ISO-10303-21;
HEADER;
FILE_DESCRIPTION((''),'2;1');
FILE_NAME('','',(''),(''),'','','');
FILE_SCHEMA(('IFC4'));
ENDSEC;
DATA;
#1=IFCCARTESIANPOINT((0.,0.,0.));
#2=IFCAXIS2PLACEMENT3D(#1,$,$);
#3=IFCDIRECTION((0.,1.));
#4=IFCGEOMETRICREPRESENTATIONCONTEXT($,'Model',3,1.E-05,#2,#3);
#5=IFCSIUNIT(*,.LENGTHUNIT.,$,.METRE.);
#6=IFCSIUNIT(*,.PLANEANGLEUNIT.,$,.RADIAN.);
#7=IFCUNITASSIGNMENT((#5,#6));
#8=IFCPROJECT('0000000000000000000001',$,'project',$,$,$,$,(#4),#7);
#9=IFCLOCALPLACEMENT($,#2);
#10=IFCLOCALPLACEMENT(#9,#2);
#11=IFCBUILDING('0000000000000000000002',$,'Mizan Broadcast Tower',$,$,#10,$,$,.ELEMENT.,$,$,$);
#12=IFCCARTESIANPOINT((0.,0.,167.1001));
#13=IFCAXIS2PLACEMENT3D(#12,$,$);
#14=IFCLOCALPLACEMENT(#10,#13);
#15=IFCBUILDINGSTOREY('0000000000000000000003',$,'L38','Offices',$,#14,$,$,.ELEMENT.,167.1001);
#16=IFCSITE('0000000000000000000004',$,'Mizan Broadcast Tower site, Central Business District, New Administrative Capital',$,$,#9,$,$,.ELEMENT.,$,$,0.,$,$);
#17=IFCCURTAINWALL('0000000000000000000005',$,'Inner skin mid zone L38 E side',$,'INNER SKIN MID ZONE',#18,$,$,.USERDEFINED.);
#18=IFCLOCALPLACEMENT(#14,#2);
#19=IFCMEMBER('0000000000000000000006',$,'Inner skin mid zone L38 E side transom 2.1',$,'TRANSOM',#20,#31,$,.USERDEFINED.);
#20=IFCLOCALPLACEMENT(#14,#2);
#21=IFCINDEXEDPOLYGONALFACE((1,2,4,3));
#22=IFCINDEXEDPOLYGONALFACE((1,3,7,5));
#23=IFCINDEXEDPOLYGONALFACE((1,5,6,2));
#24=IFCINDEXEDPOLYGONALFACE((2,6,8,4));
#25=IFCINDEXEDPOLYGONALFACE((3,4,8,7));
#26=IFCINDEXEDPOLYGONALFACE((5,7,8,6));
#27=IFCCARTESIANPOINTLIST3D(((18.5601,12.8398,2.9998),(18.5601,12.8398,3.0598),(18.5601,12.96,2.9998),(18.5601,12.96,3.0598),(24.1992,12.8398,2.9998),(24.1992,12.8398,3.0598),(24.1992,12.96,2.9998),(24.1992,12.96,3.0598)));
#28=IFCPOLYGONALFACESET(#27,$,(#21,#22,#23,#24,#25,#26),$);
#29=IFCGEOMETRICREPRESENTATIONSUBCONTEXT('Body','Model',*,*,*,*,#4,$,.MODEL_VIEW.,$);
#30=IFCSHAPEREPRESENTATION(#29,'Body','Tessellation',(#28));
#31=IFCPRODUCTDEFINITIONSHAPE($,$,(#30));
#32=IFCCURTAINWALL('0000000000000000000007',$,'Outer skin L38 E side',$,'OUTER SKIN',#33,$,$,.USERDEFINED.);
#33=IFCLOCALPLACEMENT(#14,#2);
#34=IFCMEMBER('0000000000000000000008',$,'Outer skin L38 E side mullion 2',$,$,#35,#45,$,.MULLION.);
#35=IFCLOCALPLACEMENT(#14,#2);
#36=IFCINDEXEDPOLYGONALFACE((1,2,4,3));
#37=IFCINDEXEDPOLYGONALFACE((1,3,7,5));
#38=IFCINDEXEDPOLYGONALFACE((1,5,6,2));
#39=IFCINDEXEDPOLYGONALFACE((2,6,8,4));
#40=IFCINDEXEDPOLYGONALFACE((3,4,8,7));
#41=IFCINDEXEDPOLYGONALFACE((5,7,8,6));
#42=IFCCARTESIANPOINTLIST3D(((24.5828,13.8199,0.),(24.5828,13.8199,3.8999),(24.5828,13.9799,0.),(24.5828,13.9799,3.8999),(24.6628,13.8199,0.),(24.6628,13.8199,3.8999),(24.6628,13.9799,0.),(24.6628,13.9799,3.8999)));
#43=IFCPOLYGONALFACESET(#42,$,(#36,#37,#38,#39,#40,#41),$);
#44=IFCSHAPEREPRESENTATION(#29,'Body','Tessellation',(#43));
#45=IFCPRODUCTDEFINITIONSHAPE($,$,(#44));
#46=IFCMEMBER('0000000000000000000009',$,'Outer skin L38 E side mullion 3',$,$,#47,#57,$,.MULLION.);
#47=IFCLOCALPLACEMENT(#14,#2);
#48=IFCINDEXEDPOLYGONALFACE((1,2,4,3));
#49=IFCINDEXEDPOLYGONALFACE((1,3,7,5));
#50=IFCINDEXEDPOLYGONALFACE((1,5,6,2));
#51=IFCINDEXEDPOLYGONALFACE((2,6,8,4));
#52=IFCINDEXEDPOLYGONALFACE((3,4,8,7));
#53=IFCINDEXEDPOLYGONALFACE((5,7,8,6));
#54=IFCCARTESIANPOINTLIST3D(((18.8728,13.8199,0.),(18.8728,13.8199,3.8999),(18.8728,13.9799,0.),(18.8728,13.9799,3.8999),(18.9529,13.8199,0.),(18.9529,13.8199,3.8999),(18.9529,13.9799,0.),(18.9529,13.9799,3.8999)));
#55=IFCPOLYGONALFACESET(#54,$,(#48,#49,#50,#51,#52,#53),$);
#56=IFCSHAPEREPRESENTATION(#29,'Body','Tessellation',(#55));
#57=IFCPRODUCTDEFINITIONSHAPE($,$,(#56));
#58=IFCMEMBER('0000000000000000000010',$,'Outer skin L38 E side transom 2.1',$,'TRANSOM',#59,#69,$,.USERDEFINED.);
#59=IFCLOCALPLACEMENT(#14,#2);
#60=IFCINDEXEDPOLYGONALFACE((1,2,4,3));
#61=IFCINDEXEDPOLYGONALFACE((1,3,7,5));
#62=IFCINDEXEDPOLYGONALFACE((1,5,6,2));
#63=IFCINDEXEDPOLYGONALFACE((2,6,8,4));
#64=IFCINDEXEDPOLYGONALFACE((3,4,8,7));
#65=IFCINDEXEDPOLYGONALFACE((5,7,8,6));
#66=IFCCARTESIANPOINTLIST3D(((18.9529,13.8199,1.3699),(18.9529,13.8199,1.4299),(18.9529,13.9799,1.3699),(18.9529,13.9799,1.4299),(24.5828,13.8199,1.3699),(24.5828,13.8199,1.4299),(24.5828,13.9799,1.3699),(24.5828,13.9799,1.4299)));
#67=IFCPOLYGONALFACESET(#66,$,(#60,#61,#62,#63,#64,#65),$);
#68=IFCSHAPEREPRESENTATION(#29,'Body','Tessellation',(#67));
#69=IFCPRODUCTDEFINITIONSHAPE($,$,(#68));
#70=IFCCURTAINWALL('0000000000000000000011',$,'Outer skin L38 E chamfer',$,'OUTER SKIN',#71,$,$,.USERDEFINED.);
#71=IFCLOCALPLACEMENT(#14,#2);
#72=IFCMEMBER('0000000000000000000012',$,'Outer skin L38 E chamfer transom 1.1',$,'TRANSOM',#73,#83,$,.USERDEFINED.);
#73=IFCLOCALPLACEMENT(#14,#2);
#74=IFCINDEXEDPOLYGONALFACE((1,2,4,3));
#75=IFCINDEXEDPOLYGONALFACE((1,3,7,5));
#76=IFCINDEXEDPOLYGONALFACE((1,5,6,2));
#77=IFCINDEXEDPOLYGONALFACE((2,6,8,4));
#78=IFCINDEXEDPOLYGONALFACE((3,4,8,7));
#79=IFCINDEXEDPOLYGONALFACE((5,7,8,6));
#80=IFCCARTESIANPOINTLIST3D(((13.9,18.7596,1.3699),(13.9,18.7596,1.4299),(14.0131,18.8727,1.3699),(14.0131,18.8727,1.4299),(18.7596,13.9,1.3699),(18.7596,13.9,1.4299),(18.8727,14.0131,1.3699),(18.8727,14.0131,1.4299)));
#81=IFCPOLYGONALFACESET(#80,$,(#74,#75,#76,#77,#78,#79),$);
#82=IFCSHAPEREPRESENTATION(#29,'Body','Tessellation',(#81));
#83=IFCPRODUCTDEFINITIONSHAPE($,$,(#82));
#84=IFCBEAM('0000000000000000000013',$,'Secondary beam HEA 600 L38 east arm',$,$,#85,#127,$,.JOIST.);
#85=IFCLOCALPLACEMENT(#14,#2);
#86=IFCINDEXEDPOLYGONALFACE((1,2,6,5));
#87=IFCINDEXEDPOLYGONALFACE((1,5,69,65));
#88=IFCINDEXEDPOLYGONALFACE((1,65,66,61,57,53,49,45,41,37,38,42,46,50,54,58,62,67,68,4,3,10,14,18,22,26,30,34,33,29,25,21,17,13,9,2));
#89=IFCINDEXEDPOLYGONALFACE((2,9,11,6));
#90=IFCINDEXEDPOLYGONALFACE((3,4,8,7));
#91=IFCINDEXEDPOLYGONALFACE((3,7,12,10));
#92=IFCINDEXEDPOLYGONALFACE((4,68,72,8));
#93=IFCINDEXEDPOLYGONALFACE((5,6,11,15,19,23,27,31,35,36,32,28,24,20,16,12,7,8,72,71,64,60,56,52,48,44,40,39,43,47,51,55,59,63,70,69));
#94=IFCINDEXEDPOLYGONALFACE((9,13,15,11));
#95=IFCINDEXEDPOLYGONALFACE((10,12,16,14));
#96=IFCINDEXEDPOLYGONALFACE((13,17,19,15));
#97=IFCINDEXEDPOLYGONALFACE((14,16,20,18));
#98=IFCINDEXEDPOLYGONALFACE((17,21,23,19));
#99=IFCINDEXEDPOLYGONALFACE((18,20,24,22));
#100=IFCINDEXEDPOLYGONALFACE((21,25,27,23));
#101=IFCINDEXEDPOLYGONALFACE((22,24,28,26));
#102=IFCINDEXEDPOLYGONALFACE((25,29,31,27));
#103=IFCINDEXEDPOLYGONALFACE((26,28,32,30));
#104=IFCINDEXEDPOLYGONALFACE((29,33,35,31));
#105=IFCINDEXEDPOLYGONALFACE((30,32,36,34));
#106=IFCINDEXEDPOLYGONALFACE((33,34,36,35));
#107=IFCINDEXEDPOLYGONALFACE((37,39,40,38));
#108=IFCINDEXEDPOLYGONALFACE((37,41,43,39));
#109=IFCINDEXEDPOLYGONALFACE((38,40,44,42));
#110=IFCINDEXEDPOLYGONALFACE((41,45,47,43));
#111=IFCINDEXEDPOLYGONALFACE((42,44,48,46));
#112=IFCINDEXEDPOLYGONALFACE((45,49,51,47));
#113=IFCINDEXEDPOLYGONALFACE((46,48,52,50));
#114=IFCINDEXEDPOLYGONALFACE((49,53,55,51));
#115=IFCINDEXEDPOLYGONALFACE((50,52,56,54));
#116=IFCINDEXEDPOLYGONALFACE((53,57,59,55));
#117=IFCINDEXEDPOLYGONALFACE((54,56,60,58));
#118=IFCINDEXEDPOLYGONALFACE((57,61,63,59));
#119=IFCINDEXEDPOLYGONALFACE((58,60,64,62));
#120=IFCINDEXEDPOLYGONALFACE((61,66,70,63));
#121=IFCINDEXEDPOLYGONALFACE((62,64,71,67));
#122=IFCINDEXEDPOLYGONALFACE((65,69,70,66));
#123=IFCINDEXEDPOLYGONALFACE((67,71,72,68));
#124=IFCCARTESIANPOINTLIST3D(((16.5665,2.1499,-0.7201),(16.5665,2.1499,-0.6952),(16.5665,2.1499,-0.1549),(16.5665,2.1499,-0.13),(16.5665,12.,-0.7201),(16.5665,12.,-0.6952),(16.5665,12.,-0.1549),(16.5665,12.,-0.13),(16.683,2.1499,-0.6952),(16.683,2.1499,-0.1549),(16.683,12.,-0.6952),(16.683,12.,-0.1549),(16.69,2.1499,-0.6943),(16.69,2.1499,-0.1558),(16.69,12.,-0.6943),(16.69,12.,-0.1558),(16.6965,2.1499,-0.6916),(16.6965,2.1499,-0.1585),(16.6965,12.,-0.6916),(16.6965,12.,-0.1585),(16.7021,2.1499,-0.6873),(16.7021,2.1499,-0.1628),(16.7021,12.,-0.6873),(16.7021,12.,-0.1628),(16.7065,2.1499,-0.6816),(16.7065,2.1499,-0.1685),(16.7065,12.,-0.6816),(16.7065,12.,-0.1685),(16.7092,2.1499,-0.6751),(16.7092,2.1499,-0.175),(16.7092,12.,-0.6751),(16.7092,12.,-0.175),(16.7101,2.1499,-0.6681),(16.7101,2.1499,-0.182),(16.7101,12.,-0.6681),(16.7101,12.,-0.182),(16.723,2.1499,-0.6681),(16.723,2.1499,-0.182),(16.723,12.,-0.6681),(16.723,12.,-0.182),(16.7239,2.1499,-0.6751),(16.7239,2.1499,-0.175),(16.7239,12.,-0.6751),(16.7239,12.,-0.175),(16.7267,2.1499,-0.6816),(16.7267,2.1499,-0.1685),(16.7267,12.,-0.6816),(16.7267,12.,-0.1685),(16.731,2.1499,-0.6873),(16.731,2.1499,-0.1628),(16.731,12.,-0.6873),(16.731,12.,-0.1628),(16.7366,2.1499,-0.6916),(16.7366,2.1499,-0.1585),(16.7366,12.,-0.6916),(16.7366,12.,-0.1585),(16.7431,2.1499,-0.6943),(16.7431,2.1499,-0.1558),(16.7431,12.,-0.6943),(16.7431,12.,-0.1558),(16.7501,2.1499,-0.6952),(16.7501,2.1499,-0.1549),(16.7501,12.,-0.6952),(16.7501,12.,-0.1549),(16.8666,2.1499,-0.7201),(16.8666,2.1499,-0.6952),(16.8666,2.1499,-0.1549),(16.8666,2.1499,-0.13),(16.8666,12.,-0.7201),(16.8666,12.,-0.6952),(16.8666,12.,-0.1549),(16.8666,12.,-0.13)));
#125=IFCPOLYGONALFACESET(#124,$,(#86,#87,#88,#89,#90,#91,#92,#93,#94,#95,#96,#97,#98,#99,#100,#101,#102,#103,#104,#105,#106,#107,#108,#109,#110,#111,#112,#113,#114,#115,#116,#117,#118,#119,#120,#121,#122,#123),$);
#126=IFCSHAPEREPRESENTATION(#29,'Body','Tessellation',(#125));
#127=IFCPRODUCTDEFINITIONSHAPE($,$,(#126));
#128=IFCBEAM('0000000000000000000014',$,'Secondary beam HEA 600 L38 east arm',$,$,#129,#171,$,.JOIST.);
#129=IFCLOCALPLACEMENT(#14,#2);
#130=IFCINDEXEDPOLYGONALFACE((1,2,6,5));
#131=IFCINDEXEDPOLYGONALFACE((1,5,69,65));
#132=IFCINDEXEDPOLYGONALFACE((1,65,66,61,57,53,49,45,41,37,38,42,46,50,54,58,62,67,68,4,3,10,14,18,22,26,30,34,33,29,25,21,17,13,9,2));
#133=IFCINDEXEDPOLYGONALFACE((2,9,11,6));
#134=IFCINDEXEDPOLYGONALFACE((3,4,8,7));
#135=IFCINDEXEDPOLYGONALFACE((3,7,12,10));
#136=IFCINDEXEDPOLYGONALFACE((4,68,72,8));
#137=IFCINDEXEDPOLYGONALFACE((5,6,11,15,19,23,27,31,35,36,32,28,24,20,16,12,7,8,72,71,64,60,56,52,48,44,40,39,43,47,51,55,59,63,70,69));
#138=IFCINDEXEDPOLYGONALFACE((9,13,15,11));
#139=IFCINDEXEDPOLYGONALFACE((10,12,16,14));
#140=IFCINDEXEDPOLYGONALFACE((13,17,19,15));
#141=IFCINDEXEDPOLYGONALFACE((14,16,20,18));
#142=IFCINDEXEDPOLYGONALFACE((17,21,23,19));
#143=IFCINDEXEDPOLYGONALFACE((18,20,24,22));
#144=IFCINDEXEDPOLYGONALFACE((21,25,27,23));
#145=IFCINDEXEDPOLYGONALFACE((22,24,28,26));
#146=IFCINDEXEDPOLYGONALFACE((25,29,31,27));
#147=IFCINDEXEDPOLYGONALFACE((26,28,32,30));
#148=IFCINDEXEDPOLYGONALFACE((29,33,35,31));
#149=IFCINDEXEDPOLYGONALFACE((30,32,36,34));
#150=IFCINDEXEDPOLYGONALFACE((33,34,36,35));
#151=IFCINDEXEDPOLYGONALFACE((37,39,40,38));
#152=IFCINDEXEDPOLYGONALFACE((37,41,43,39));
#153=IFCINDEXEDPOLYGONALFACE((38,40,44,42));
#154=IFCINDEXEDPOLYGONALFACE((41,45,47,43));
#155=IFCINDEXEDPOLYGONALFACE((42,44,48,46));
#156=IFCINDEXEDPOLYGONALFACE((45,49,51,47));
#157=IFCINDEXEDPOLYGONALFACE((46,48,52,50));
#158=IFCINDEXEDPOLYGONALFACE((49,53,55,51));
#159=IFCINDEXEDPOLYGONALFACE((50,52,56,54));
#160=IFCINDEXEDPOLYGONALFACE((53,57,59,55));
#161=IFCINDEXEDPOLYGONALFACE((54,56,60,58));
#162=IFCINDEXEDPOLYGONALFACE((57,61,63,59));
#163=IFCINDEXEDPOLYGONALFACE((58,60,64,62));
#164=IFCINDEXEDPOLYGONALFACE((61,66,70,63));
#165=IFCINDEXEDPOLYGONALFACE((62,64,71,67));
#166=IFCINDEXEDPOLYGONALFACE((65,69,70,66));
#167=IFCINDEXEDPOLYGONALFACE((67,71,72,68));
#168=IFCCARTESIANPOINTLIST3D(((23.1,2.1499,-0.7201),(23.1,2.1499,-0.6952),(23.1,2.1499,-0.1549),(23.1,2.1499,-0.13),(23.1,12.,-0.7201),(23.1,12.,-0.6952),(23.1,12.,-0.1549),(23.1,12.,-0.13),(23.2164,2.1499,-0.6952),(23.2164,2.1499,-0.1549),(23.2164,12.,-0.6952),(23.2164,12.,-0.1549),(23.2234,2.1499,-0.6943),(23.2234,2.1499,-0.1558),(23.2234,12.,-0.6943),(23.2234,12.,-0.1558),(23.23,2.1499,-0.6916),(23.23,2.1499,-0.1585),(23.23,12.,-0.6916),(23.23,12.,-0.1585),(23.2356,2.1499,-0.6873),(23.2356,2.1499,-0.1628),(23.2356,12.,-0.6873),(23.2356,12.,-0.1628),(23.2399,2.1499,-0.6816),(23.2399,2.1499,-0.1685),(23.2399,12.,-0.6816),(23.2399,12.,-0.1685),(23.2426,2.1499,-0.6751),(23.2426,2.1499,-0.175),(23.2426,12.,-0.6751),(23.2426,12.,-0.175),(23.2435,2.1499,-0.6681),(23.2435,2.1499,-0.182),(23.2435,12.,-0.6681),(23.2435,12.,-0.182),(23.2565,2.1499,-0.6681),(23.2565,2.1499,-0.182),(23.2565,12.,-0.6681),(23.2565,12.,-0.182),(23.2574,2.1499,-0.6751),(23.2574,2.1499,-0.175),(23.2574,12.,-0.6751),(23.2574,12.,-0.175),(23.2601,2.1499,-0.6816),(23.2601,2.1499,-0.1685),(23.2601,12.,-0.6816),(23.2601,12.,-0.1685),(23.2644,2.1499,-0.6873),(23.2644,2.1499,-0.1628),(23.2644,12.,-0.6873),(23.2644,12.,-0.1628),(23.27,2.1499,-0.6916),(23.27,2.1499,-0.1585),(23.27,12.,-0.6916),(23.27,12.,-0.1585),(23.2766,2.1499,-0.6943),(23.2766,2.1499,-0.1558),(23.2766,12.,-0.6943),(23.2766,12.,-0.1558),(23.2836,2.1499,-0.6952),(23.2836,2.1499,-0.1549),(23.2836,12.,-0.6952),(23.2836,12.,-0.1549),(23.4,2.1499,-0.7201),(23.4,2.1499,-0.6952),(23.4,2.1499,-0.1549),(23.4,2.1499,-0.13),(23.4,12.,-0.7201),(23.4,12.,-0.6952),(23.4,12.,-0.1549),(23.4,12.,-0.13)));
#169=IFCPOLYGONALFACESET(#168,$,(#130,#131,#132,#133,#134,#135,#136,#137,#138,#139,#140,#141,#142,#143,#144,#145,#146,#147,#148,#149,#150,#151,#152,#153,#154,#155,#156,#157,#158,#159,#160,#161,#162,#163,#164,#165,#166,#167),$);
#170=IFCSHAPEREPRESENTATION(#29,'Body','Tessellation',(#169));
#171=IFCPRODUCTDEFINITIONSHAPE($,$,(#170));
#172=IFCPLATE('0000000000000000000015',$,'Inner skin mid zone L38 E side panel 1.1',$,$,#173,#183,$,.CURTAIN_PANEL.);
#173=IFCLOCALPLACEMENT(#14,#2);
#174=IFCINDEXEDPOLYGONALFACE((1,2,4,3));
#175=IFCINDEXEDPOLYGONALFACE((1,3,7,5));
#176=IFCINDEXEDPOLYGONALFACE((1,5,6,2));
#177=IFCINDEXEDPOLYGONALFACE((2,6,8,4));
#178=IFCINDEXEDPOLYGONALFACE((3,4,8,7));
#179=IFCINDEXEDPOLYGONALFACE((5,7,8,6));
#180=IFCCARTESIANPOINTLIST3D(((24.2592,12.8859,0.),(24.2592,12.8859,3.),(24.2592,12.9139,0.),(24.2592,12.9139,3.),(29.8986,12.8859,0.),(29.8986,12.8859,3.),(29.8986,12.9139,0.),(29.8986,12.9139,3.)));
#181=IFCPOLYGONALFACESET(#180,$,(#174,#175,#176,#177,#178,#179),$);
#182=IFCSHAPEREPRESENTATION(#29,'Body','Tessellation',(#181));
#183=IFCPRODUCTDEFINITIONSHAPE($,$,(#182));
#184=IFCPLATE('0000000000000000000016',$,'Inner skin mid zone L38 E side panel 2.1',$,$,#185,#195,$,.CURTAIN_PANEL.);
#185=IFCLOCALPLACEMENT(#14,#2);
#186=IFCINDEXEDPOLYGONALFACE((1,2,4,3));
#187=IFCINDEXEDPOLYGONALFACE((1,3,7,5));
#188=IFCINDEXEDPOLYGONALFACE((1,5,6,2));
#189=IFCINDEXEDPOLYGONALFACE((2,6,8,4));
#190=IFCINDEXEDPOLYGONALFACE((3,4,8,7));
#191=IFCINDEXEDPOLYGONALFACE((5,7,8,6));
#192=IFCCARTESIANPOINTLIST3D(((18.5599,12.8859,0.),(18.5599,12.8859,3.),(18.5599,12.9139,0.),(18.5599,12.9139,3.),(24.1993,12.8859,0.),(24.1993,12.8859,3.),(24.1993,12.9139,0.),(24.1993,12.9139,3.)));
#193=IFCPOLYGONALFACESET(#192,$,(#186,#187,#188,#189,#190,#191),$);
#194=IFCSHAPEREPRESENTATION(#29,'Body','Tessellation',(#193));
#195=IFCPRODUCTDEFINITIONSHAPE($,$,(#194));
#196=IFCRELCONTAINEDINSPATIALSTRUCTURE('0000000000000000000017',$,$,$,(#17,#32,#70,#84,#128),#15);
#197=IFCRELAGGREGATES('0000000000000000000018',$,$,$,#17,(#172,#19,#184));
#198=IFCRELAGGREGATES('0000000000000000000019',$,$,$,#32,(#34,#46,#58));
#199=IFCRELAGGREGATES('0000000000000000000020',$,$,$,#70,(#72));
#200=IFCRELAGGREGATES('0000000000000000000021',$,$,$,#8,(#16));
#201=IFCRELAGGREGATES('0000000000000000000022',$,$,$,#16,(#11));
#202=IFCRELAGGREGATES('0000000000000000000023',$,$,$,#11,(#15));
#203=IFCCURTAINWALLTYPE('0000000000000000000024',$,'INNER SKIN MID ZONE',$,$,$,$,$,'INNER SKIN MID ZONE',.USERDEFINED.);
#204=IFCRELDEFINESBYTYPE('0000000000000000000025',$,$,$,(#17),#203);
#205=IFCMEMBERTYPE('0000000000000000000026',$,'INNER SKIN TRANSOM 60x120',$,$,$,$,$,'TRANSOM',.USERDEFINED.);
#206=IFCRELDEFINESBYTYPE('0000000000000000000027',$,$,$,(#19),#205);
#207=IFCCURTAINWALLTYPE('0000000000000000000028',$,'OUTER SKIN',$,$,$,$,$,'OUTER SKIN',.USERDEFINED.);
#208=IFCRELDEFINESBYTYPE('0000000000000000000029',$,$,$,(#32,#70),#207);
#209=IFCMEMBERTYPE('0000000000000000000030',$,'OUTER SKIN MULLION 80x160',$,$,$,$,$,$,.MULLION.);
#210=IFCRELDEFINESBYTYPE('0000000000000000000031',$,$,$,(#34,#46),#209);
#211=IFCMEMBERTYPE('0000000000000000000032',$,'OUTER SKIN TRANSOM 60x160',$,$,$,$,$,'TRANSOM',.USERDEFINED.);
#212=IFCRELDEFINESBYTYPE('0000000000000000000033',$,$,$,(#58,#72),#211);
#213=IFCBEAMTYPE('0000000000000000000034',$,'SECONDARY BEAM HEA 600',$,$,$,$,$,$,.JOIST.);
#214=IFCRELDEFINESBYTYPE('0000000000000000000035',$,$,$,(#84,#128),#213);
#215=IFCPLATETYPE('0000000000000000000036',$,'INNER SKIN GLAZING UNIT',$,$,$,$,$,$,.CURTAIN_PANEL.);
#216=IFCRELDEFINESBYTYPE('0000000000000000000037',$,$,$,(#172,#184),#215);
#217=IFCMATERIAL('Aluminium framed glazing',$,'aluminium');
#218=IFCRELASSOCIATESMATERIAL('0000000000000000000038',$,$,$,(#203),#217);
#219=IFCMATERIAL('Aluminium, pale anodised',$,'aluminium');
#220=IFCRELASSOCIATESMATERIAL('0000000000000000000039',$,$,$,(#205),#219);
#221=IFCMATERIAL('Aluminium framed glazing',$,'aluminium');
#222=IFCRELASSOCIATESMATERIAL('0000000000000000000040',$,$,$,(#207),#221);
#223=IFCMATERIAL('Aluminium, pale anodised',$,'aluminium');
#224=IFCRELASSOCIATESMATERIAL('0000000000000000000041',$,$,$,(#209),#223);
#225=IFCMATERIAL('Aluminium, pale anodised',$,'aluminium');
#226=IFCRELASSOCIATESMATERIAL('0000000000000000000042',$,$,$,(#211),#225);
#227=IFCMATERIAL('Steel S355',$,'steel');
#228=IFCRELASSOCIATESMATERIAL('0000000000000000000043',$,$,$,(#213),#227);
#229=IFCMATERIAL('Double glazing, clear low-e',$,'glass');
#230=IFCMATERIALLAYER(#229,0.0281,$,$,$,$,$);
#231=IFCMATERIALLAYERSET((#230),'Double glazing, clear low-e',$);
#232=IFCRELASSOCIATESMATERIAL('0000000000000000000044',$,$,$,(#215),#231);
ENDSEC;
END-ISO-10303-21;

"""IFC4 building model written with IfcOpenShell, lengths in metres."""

from ifc_helpers import new_model, si_unit, direction, frame, origin, origin_2d, place, context, subcontext, project, spatial, rectangle, i_section, extrude, material, layer, layer_set, material_profile, profile_set, type_object, element, aggregate, save


model = new_model("IFC4")

# Units and contexts
model_context = context("Model", 3, precision=1e-05, world=origin(), true_north=direction((0.0, 1.0)))
body_context = subcontext(model_context, "Body", "Model", "MODEL_VIEW")
ifc_project = project(units=[si_unit("LENGTHUNIT", "METRE"), si_unit("PLANEANGLEUNIT", "RADIAN")], contexts=[model_context])

# Site, building, storey
site_placement = place(None, origin())
site = spatial("IfcSite", under=ifc_project, at=site_placement, Name="Mizan Broadcast Tower site, Central Business District, New Administrative Capital", CompositionType="ELEMENT", RefElevation=0.0)
building_placement = place(site_placement, origin())
building = spatial("IfcBuilding", under=site, at=building_placement, Name="Mizan Broadcast Tower", CompositionType="ELEMENT")
storey_placement = place(building_placement, frame((0.0, 0.0, 167.1001)))
storey = spatial("IfcBuildingStorey", under=building, at=storey_placement, Name="L38", Description="Offices", CompositionType="ELEMENT", Elevation=167.1001)

# Curtain walls, members
ifc_material_1 = material(Name="Aluminium framed glazing", Category="aluminium")
curtain_wall_type_1 = type_object("IfcCurtainWallType", Name="INNER SKIN MID ZONE", ElementType="INNER SKIN MID ZONE", PredefinedType="USERDEFINED", material=ifc_material_1)
curtain_wall_1_placement = place(storey_placement, origin())
curtain_wall_1 = element("IfcCurtainWall", 1, at=curtain_wall_1_placement, inside=storey, type_object=curtain_wall_type_1, Name="Inner skin mid zone L38 E side", ObjectType="INNER SKIN MID ZONE", PredefinedType="USERDEFINED")
ifc_material_2 = material(Name="Aluminium, pale anodised", Category="aluminium")
ifc_material_profile_1 = material_profile(ifc_material_2, rectangle(XDim=0.1201, YDim=0.0601, at=origin_2d()), Name="TRANSOM 120x60")
ifc_profile_set_1 = profile_set([ifc_material_profile_1], Name="Aluminium, pale anodised")
member_type_1 = type_object("IfcMemberType", Name="INNER SKIN TRANSOM 60x120", ElementType="TRANSOM", PredefinedType="USERDEFINED", material=ifc_profile_set_1)
member_1_placement = place(storey_placement, frame((24.1992, 12.8999, 3.0298), z_axis=(-1.0, 0.0, 0.0), x_axis=(0.0, -1.0, 0.0)))
member_1 = element("IfcMember", 2, at=member_1_placement, type_object=member_type_1, Name="Inner skin mid zone L38 E side transom 2.1", ObjectType="TRANSOM", PredefinedType="USERDEFINED", context=body_context, shape_type="SweptSolid", body=[
    extrude(rectangle(XDim=0.1201, YDim=0.0601, at=origin_2d()), origin(), (0.0, 0.0, 1.0), 5.6392),
])
ifc_material_3 = material(Name="Aluminium framed glazing", Category="aluminium")
curtain_wall_type_2 = type_object("IfcCurtainWallType", Name="OUTER SKIN", ElementType="OUTER SKIN", PredefinedType="USERDEFINED", material=ifc_material_3)
curtain_wall_2_placement = place(storey_placement, origin())
curtain_wall_2 = element("IfcCurtainWall", 3, at=curtain_wall_2_placement, inside=storey, type_object=curtain_wall_type_2, Name="Outer skin L38 E side", ObjectType="OUTER SKIN", PredefinedType="USERDEFINED")
ifc_material_4 = material(Name="Aluminium, pale anodised", Category="aluminium")
ifc_material_profile_2 = material_profile(ifc_material_4, rectangle(XDim=0.1599, YDim=0.0801, at=origin_2d()), Name="MULLION 160x80")
ifc_profile_set_2 = profile_set([ifc_material_profile_2], Name="Aluminium, pale anodised")
member_type_2 = type_object("IfcMemberType", Name="OUTER SKIN MULLION 80x160", PredefinedType="MULLION", material=ifc_profile_set_2)
member_2_placement = place(storey_placement, frame((24.6228, 13.8999, 0.0), z_axis=(0.0, 0.0, 1.0), x_axis=(0.0, -1.0, 0.0)))
member_2 = element("IfcMember", 4, at=member_2_placement, type_object=member_type_2, Name="Outer skin L38 E side mullion 2", PredefinedType="MULLION", context=body_context, shape_type="SweptSolid", body=[
    extrude(rectangle(XDim=0.1599, YDim=0.0801, at=origin_2d()), origin(), (0.0, 0.0, 1.0), 3.8999),
])
member_3_placement = place(storey_placement, frame((18.9128, 13.8999, 0.0), z_axis=(0.0, 0.0, 1.0), x_axis=(0.0, -1.0, 0.0)))
member_3 = element("IfcMember", 5, at=member_3_placement, type_object=member_type_2, Name="Outer skin L38 E side mullion 3", PredefinedType="MULLION", context=body_context, shape_type="SweptSolid", body=[
    extrude(rectangle(XDim=0.1599, YDim=0.0801, at=origin_2d()), origin(), (0.0, 0.0, 1.0), 3.8999),
])
ifc_material_5 = material(Name="Aluminium, pale anodised", Category="aluminium")
ifc_material_profile_3 = material_profile(ifc_material_5, rectangle(XDim=0.1599, YDim=0.0601, at=origin_2d()), Name="TRANSOM 160x60")
ifc_profile_set_3 = profile_set([ifc_material_profile_3], Name="Aluminium, pale anodised")
member_type_3 = type_object("IfcMemberType", Name="OUTER SKIN TRANSOM 60x160", ElementType="TRANSOM", PredefinedType="USERDEFINED", material=ifc_profile_set_3)
member_4_placement = place(storey_placement, frame((24.5828, 13.8999, 1.3999), z_axis=(-1.0, 0.0, 0.0), x_axis=(0.0, -1.0, 0.0)))
member_4 = element("IfcMember", 6, at=member_4_placement, type_object=member_type_3, Name="Outer skin L38 E side transom 2.1", ObjectType="TRANSOM", PredefinedType="USERDEFINED", context=body_context, shape_type="SweptSolid", body=[
    extrude(rectangle(XDim=0.1599, YDim=0.0601, at=origin_2d()), origin(), (0.0, 0.0, 1.0), 5.6299),
])

# Curtain wall, member
curtain_wall_3_placement = place(storey_placement, origin())
curtain_wall_3 = element("IfcCurtainWall", 7, at=curtain_wall_3_placement, inside=storey, type_object=curtain_wall_type_2, Name="Outer skin L38 E chamfer", ObjectType="OUTER SKIN", PredefinedType="USERDEFINED")
member_5_placement = place(storey_placement, frame((18.8162, 13.9565, 1.3999), z_axis=(-0.707107, 0.707107, 0.0), x_axis=(-0.707107, -0.707107, 0.0)))
member_5 = element("IfcMember", 8, at=member_5_placement, type_object=member_type_3, Name="Outer skin L38 E chamfer transom 1.1", ObjectType="TRANSOM", PredefinedType="USERDEFINED", context=body_context, shape_type="SweptSolid", body=[
    extrude(rectangle(XDim=0.1599, YDim=0.0601, at=origin_2d()), origin(), (0.0, 0.0, 1.0), 6.8726),
])

# Beams
ifc_material_6 = material(Name="Steel S355", Category="steel")
ifc_material_profile_4 = material_profile(ifc_material_6, i_section(OverallWidth=0.3, OverallDepth=0.5901, WebThickness=0.0129, FlangeThickness=0.0249, FilletRadius=0.0271, at=origin_2d()), Name="HEA 600")
ifc_profile_set_4 = profile_set([ifc_material_profile_4], Name="Steel S355")
beam_type_1 = type_object("IfcBeamType", Name="SECONDARY BEAM HEA 600", PredefinedType="JOIST", material=ifc_profile_set_4)
for number, where, z_axis, x_axis, name in (
    (9, (16.7166, 12.0, -0.425), (0.0, -1.0, 0.0), (1.0, 0.0, 0.0), "Secondary beam HEA 600 L38 east arm"),
    (10, (23.25, 12.0, -0.425), (0.0, -1.0, 0.0), (1.0, 0.0, 0.0), "Secondary beam HEA 600 L38 east arm"),
):
    element("IfcBeam", number, at=place(storey_placement, frame(where, z_axis=z_axis, x_axis=x_axis)), inside=storey, type_object=beam_type_1, Name=name, PredefinedType="JOIST", context=body_context, shape_type="SweptSolid", body=[
        extrude(i_section(OverallWidth=0.3, OverallDepth=0.5901, WebThickness=0.0129, FlangeThickness=0.0249, FilletRadius=0.0271, at=origin_2d()), origin(), (0.0, 0.0, 1.0), 9.8501),
    ])

# Plates
ifc_material_7 = material(Name="Double glazing, clear low-e", Category="glass")
ifc_layer_1 = layer(ifc_material_7, 0.0281)
ifc_layer_set_1 = layer_set([ifc_layer_1], Name="Double glazing, clear low-e")
plate_type_1 = type_object("IfcPlateType", Name="INNER SKIN GLAZING UNIT", PredefinedType="CURTAIN_PANEL", material=ifc_layer_set_1)
plate_1_placement = place(storey_placement, frame((27.0789, 12.8999, 0.0), z_axis=(0.0, 0.0, 1.0), x_axis=(-1.0, 0.0, 0.0)))
plate_1 = element("IfcPlate", 11, at=plate_1_placement, type_object=plate_type_1, Name="Inner skin mid zone L38 E side panel 1.1", PredefinedType="CURTAIN_PANEL", context=body_context, shape_type="SweptSolid", body=[
    extrude(rectangle(XDim=5.6394, YDim=0.0281, at=origin_2d()), origin(), (0.0, 0.0, 1.0), 3.0),
])
plate_2_placement = place(storey_placement, frame((21.3796, 12.8999, 0.0), z_axis=(0.0, 0.0, 1.0), x_axis=(-1.0, 0.0, 0.0)))
plate_2 = element("IfcPlate", 12, at=plate_2_placement, type_object=plate_type_1, Name="Inner skin mid zone L38 E side panel 2.1", PredefinedType="CURTAIN_PANEL", context=body_context, shape_type="SweptSolid", body=[
    extrude(rectangle(XDim=5.6394, YDim=0.0281, at=origin_2d()), origin(), (0.0, 0.0, 1.0), 3.0),
])
aggregate(curtain_wall_1, [plate_1, member_1, plate_2])
aggregate(curtain_wall_2, [member_2, member_3, member_4])
aggregate(curtain_wall_3, [member_5])

save(model, "model.ifc")
